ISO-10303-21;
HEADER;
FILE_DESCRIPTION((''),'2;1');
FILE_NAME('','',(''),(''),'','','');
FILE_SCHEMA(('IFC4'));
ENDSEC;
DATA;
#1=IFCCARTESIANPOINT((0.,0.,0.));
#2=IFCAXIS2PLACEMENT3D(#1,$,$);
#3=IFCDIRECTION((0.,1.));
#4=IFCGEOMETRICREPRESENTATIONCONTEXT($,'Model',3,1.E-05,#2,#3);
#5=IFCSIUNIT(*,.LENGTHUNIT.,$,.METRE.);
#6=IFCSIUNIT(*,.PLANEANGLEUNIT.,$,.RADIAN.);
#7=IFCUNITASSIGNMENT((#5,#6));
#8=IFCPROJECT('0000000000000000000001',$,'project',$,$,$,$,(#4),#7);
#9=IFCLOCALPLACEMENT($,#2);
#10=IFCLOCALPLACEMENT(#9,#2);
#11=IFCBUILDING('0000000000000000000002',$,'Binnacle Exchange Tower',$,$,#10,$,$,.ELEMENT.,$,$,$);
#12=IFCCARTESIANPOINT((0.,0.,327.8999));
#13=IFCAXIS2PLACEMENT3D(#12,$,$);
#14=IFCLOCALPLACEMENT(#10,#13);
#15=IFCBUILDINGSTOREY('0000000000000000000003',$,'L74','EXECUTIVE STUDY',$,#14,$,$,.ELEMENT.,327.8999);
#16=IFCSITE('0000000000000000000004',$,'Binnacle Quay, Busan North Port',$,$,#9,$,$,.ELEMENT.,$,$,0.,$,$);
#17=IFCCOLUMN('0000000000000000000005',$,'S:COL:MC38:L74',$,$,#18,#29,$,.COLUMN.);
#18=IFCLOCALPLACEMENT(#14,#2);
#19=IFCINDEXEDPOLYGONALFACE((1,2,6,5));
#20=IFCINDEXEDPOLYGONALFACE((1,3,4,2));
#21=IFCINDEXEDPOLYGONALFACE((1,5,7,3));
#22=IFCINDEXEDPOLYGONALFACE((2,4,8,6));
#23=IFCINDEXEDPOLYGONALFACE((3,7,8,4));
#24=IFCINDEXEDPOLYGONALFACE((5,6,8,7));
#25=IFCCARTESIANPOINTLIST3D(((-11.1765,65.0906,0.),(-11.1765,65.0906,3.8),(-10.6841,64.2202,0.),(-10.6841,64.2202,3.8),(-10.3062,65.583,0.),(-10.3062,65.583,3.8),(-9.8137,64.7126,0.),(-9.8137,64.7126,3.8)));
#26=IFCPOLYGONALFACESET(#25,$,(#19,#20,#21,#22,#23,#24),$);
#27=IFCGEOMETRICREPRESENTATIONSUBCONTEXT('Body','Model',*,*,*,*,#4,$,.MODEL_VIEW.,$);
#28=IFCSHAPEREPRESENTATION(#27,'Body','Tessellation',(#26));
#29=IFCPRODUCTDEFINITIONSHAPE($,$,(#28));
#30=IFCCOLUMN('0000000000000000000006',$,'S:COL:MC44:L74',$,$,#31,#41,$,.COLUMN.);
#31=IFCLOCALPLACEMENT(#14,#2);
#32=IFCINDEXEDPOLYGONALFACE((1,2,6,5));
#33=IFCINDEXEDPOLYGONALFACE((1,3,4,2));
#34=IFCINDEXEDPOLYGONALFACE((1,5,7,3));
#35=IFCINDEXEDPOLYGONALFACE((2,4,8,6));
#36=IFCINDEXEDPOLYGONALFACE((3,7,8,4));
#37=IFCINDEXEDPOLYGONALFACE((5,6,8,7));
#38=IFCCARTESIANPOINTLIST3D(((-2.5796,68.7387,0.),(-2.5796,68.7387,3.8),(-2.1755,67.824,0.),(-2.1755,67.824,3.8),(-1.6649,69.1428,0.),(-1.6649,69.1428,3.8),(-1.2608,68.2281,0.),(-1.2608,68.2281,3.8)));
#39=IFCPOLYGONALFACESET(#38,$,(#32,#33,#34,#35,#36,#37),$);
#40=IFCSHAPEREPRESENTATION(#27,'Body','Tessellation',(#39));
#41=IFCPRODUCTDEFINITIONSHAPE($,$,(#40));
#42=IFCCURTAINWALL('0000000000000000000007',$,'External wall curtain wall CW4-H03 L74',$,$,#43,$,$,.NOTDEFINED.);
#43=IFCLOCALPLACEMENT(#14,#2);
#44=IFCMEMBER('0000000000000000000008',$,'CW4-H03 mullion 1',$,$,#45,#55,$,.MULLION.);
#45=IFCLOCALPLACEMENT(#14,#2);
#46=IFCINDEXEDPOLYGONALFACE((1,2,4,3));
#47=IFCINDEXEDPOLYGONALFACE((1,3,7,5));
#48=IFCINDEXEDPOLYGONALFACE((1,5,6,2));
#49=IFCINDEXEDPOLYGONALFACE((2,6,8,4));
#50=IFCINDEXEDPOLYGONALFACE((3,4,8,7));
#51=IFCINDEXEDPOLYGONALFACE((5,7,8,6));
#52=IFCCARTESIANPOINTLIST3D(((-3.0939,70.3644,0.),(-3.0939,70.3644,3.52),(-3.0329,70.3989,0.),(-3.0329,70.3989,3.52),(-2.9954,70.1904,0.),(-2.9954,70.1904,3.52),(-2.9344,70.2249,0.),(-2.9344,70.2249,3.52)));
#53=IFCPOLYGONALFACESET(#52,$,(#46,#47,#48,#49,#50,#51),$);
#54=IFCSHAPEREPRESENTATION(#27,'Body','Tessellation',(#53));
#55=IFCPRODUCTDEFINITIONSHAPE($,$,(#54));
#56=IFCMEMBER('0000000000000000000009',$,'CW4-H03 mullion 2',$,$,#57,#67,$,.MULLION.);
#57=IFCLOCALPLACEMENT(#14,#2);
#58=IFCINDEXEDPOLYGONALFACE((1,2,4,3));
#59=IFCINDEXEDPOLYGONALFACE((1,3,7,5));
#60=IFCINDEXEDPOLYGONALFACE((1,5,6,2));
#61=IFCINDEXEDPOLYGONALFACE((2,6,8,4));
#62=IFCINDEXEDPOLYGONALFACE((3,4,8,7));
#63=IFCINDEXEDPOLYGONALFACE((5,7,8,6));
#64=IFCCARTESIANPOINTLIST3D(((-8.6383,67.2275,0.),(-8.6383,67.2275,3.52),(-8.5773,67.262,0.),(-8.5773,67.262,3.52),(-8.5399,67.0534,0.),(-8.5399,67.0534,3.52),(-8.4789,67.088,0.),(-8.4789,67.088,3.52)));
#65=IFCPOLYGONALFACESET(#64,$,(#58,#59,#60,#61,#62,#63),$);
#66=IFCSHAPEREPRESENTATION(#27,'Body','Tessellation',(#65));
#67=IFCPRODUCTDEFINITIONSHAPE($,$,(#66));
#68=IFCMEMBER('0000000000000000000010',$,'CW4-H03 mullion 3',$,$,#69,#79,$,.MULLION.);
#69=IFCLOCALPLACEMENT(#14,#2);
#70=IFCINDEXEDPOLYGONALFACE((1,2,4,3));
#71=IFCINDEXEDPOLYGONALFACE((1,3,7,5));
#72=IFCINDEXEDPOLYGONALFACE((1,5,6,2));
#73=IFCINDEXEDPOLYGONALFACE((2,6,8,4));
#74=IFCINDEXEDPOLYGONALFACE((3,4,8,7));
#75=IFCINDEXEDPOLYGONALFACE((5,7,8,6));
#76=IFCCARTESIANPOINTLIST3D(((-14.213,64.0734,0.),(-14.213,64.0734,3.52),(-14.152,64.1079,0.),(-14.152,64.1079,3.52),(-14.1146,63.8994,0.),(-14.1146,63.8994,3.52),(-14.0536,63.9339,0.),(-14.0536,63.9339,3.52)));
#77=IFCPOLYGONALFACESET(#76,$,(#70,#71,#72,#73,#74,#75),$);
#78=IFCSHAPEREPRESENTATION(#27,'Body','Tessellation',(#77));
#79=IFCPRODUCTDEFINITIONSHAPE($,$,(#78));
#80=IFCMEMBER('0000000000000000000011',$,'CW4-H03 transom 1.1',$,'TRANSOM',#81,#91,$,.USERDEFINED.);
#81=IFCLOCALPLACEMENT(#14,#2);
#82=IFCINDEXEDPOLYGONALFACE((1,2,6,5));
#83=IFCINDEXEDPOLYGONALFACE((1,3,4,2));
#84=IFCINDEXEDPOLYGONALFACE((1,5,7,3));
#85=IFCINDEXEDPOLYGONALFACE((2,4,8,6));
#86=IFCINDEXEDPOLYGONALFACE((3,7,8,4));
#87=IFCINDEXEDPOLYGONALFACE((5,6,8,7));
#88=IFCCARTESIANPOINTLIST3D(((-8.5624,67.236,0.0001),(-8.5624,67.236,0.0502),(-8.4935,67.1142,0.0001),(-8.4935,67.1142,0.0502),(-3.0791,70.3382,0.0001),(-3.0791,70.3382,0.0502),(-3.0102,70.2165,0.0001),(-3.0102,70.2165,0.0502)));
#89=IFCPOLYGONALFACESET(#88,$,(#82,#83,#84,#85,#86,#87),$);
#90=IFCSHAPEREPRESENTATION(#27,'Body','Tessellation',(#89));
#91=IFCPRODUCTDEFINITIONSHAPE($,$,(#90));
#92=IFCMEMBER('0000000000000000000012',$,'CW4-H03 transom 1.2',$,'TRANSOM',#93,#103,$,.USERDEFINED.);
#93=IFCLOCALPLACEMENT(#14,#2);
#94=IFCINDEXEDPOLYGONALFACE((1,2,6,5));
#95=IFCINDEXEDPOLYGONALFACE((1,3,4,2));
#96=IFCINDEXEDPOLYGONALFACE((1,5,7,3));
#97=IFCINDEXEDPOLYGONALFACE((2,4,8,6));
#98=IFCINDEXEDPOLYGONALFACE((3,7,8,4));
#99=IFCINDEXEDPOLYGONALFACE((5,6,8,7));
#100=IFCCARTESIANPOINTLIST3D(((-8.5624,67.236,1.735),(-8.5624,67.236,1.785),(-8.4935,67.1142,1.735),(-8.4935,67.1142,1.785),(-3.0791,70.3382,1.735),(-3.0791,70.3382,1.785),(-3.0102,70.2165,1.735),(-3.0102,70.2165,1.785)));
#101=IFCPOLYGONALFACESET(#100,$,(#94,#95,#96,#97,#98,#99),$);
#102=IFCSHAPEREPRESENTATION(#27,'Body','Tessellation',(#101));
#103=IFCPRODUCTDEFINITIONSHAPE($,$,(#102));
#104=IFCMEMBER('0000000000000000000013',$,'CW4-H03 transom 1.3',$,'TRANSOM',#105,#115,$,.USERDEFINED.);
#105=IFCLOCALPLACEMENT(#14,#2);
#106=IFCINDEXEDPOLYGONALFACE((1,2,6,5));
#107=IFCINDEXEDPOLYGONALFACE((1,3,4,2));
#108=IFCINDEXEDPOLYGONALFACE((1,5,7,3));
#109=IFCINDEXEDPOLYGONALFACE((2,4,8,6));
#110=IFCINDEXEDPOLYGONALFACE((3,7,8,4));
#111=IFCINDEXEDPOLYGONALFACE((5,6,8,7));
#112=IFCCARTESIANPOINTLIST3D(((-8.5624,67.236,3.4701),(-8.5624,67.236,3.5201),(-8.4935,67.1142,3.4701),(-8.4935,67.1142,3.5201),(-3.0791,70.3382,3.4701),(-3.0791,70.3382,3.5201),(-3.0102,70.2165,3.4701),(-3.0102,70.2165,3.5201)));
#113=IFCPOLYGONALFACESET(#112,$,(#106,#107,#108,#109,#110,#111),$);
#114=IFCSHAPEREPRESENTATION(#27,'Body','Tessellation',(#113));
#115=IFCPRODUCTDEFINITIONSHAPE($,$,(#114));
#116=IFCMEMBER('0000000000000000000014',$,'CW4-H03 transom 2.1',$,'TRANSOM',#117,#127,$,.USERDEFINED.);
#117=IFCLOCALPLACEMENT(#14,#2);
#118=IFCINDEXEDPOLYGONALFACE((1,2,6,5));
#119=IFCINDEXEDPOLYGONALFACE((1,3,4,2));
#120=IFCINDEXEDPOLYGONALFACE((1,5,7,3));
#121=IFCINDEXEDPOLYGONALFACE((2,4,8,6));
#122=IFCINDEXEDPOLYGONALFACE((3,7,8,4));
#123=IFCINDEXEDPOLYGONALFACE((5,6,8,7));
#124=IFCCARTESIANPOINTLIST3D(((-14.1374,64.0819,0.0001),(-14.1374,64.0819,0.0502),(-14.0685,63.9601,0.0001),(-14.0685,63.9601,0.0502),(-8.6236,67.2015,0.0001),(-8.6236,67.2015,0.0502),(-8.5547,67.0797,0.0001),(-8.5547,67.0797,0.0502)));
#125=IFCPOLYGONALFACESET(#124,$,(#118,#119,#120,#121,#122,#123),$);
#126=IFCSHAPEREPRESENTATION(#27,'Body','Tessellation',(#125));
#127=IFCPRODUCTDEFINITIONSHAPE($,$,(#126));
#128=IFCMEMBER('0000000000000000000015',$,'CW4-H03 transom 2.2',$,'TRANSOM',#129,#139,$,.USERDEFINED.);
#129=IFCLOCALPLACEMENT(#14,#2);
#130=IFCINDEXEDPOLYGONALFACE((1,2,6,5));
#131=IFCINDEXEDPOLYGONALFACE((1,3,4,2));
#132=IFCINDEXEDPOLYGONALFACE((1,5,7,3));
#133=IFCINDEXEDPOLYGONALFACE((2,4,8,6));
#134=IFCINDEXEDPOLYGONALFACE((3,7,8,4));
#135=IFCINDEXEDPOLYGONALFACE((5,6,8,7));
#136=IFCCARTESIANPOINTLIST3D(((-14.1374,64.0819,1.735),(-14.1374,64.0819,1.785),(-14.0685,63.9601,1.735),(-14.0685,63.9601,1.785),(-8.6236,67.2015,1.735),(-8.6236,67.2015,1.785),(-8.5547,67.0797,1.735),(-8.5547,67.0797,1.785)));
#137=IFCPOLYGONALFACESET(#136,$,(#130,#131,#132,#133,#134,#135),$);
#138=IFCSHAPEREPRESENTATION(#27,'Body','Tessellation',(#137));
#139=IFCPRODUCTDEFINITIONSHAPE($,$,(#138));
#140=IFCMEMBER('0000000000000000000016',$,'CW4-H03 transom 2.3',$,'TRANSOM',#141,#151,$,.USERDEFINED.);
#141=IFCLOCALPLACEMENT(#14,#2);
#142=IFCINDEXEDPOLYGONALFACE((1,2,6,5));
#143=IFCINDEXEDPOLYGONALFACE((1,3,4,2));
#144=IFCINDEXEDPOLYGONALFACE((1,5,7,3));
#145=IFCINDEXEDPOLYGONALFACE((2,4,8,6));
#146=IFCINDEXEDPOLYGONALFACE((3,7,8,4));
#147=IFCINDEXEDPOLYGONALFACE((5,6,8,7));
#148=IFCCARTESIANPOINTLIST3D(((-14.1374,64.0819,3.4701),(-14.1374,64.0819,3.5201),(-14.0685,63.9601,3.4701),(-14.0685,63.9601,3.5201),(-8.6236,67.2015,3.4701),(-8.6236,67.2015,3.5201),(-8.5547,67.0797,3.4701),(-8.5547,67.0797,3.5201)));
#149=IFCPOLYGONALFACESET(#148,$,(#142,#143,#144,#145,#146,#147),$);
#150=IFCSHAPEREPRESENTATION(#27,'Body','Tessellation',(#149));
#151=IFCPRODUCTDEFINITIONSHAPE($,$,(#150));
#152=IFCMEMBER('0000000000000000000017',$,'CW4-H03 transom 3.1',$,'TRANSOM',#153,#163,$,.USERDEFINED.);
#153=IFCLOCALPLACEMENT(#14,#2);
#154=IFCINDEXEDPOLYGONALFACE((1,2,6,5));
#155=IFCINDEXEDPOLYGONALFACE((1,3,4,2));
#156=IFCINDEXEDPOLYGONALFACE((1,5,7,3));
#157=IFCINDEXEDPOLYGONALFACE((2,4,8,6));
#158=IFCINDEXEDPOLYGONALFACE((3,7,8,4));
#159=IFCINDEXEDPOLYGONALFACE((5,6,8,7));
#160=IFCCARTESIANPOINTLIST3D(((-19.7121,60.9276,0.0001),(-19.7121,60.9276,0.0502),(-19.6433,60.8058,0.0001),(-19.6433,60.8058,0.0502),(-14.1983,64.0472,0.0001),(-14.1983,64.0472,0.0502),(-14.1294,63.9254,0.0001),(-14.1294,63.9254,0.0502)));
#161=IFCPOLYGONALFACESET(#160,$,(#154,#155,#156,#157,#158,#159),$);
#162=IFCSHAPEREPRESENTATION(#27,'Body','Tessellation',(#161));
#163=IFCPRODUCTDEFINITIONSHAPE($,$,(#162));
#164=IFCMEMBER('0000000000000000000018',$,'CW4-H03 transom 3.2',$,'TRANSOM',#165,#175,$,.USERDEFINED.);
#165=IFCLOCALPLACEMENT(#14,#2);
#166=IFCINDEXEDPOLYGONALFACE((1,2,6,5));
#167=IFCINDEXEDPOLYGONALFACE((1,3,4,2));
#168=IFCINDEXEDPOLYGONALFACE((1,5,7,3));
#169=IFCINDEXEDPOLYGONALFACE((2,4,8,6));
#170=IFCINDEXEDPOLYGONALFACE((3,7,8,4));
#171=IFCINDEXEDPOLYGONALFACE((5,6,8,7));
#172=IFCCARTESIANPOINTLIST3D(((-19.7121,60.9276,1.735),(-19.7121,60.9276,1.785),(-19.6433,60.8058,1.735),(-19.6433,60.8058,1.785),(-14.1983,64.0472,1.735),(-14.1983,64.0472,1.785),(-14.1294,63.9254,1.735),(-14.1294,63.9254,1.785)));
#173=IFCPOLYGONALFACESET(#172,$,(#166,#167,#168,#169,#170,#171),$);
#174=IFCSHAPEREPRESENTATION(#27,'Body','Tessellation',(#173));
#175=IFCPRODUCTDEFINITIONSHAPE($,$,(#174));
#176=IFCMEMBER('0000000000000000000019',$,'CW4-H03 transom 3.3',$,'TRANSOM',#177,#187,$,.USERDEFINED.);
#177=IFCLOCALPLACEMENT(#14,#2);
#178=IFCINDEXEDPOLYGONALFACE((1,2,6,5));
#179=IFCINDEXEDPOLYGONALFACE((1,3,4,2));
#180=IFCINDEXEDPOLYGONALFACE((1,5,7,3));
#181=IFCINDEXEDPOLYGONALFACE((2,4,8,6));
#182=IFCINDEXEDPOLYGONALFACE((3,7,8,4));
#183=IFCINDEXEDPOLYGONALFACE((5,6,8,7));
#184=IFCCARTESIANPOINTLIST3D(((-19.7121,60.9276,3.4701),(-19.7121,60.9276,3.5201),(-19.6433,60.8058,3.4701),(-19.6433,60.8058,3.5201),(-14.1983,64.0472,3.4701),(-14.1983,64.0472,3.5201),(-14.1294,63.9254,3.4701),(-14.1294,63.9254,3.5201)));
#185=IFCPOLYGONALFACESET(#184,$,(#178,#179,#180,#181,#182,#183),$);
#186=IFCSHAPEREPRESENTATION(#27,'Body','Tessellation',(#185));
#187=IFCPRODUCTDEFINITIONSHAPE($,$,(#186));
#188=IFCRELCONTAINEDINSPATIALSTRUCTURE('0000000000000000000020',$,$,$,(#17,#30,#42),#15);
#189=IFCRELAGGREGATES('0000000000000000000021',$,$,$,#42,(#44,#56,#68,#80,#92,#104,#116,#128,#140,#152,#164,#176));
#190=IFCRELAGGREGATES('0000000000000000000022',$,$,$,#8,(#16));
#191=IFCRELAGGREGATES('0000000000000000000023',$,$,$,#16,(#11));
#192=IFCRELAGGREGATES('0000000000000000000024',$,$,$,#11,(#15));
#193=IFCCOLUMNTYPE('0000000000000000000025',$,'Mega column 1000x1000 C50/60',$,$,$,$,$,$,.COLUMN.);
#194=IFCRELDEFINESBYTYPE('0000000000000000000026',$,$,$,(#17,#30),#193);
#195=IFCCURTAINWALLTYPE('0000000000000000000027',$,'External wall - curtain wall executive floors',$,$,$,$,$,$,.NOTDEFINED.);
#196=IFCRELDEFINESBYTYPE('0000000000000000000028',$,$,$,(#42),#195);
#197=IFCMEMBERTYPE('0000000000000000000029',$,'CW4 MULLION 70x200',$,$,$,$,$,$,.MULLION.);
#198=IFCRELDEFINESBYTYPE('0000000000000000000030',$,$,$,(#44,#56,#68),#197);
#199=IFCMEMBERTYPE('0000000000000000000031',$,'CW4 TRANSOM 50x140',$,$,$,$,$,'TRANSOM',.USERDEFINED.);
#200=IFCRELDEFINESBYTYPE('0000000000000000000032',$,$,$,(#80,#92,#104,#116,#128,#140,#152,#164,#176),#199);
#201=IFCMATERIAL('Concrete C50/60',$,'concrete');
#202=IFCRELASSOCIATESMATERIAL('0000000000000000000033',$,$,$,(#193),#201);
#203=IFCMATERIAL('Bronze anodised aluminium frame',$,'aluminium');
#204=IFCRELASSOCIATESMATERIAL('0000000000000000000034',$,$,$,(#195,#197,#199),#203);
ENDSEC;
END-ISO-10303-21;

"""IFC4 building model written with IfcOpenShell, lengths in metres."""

from ifc_helpers import new_model, si_unit, direction, frame, origin, origin_2d, place, context, subcontext, project, spatial, rectangle, extrude, material, material_profile, profile_set, type_object, element, aggregate, save


model = new_model("IFC4")

# Units and contexts
model_context = context("Model", 3, precision=1e-05, world=origin(), true_north=direction((0.0, 1.0)))
body_context = subcontext(model_context, "Body", "Model", "MODEL_VIEW")
ifc_project = project(units=[si_unit("LENGTHUNIT", "METRE"), si_unit("PLANEANGLEUNIT", "RADIAN")], contexts=[model_context])

# Site, building, storey
site_placement = place(None, origin())
site = spatial("IfcSite", under=ifc_project, at=site_placement, Name="Binnacle Quay, Busan North Port", CompositionType="ELEMENT", RefElevation=0.0)
building_placement = place(site_placement, origin())
building = spatial("IfcBuilding", under=site, at=building_placement, Name="Binnacle Exchange Tower", CompositionType="ELEMENT")
storey_placement = place(building_placement, frame((0.0, 0.0, 327.8999)))
storey = spatial("IfcBuildingStorey", under=building, at=storey_placement, Name="L74", Description="EXECUTIVE STUDY", CompositionType="ELEMENT", Elevation=327.8999)

# Columns
ifc_material_1 = material(Name="Concrete C50/60", Category="concrete")
ifc_material_profile_1 = material_profile(ifc_material_1, rectangle(XDim=1.0, YDim=1.0, at=origin_2d()), Name="Mega column 1000x1000 C50/60")
ifc_profile_set_1 = profile_set([ifc_material_profile_1], Name="Concrete C50/60")
column_type = type_object("IfcColumnType", Name="Mega column 1000x1000 C50/60", PredefinedType="COLUMN", material=ifc_profile_set_1)
for number, where, z_axis, x_axis, name in (
    (1, (-10.4951, 64.9016, 0.0), (0.0, 0.0, 1.0), (-0.870356, -0.492424, 0.0), "S:COL:MC38:L74"),
    (2, (-1.9202, 68.4834, 0.0), (0.0, 0.0, 1.0), (-0.914713, -0.404104, 0.0), "S:COL:MC44:L74"),
):
    element("IfcColumn", number, at=place(storey_placement, frame(where, z_axis=z_axis, x_axis=x_axis)), inside=storey, type_object=column_type, Name=name, PredefinedType="COLUMN", context=body_context, shape_type="SweptSolid", body=[
        extrude(rectangle(XDim=1.0, YDim=1.0, at=origin_2d()), origin(), (0.0, 0.0, 1.0), 3.8),
    ])

# Curtain wall, members
ifc_material_2 = material(Name="Bronze anodised aluminium frame", Category="aluminium")
curtain_wall_type = type_object("IfcCurtainWallType", Name="External wall - curtain wall executive floors", PredefinedType="NOTDEFINED", material=ifc_material_2)
curtain_wall_placement = place(storey_placement, origin())
curtain_wall = element("IfcCurtainWall", 3, at=curtain_wall_placement, inside=storey, type_object=curtain_wall_type, Name="External wall curtain wall CW4-H03 L74", PredefinedType="NOTDEFINED")
ifc_material_profile_2 = material_profile(ifc_material_2, rectangle(XDim=0.2, YDim=0.0701, at=origin_2d()), Name="AL 70x200")
ifc_profile_set_2 = profile_set([ifc_material_profile_2], Name="Bronze anodised aluminium frame")
member_type_1 = type_object("IfcMemberType", Name="CW4 MULLION 70x200", PredefinedType="MULLION", material=ifc_profile_set_2)
member_1_placement = place(storey_placement, frame((-3.0142, 70.2947, 0.0), z_axis=(0.0, 0.0, 1.0), x_axis=(0.492424, -0.870356, 0.0)))
member_1 = element("IfcMember", 4, at=member_1_placement, type_object=member_type_1, Name="CW4-H03 mullion 1", PredefinedType="MULLION", context=body_context, shape_type="SweptSolid", body=[
    extrude(rectangle(XDim=0.2, YDim=0.0701, at=origin_2d()), origin(), (0.0, 0.0, 1.0), 3.52),
])
member_2_placement = place(storey_placement, frame((-8.5586, 67.1577, 0.0), z_axis=(0.0, 0.0, 1.0), x_axis=(0.492424, -0.870356, 0.0)))
member_2 = element("IfcMember", 5, at=member_2_placement, type_object=member_type_1, Name="CW4-H03 mullion 2", PredefinedType="MULLION", context=body_context, shape_type="SweptSolid", body=[
    extrude(rectangle(XDim=0.2, YDim=0.0701, at=origin_2d()), origin(), (0.0, 0.0, 1.0), 3.52),
])
member_3_placement = place(storey_placement, frame((-14.1333, 64.0037, 0.0), z_axis=(0.0, 0.0, 1.0), x_axis=(0.492424, -0.870356, 0.0)))
member_3 = element("IfcMember", 6, at=member_3_placement, type_object=member_type_1, Name="CW4-H03 mullion 3", PredefinedType="MULLION", context=body_context, shape_type="SweptSolid", body=[
    extrude(rectangle(XDim=0.2, YDim=0.0701, at=origin_2d()), origin(), (0.0, 0.0, 1.0), 3.52),
])
ifc_material_profile_3 = material_profile(ifc_material_2, rectangle(XDim=0.1399, YDim=0.05, at=origin_2d()), Name="AL 140x50")
ifc_profile_set_3 = profile_set([ifc_material_profile_3], Name="Bronze anodised aluminium frame")
member_type_2 = type_object("IfcMemberType", Name="CW4 TRANSOM 50x140", ElementType="TRANSOM", PredefinedType="USERDEFINED", material=ifc_profile_set_3)
member_4_placement = place(storey_placement, frame((-3.0447, 70.2773, 0.0251), z_axis=(-0.87036, -0.492416, 0.0), x_axis=(0.492416, -0.87036, 0.0)))
member_4 = element("IfcMember", 7, at=member_4_placement, type_object=member_type_2, Name="CW4-H03 transom 1.1", ObjectType="TRANSOM", PredefinedType="USERDEFINED", context=body_context, shape_type="SweptSolid", body=[
    extrude(rectangle(XDim=0.1399, YDim=0.05, at=origin_2d()), origin(), (0.0, 0.0, 1.0), 6.3),
])
member_5_placement = place(storey_placement, frame((-3.0447, 70.2773, 1.76), z_axis=(-0.87036, -0.492416, 0.0), x_axis=(0.492416, -0.87036, 0.0)))
member_5 = element("IfcMember", 8, at=member_5_placement, type_object=member_type_2, Name="CW4-H03 transom 1.2", ObjectType="TRANSOM", PredefinedType="USERDEFINED", context=body_context, shape_type="SweptSolid", body=[
    extrude(rectangle(XDim=0.1399, YDim=0.05, at=origin_2d()), origin(), (0.0, 0.0, 1.0), 6.3),
])
member_6_placement = place(storey_placement, frame((-3.0447, 70.2773, 3.4951), z_axis=(-0.87036, -0.492416, 0.0), x_axis=(0.492416, -0.87036, 0.0)))
member_6 = element("IfcMember", 9, at=member_6_placement, type_object=member_type_2, Name="CW4-H03 transom 1.3", ObjectType="TRANSOM", PredefinedType="USERDEFINED", context=body_context, shape_type="SweptSolid", body=[
    extrude(rectangle(XDim=0.1399, YDim=0.05, at=origin_2d()), origin(), (0.0, 0.0, 1.0), 6.3),
])
member_7_placement = place(storey_placement, frame((-8.5891, 67.1406, 0.0251), z_axis=(-0.870355, -0.492424, 0.0), x_axis=(0.492424, -0.870355, 0.0)))
member_7 = element("IfcMember", 10, at=member_7_placement, type_object=member_type_2, Name="CW4-H03 transom 2.1", ObjectType="TRANSOM", PredefinedType="USERDEFINED", context=body_context, shape_type="SweptSolid", body=[
    extrude(rectangle(XDim=0.1399, YDim=0.05, at=origin_2d()), origin(), (0.0, 0.0, 1.0), 6.3352),
])
member_8_placement = place(storey_placement, frame((-8.5891, 67.1406, 1.76), z_axis=(-0.870355, -0.492424, 0.0), x_axis=(0.492424, -0.870355, 0.0)))
member_8 = element("IfcMember", 11, at=member_8_placement, type_object=member_type_2, Name="CW4-H03 transom 2.2", ObjectType="TRANSOM", PredefinedType="USERDEFINED", context=body_context, shape_type="SweptSolid", body=[
    extrude(rectangle(XDim=0.1399, YDim=0.05, at=origin_2d()), origin(), (0.0, 0.0, 1.0), 6.3352),
])
member_9_placement = place(storey_placement, frame((-8.5891, 67.1406, 3.4951), z_axis=(-0.870355, -0.492424, 0.0), x_axis=(0.492424, -0.870355, 0.0)))
member_9 = element("IfcMember", 12, at=member_9_placement, type_object=member_type_2, Name="CW4-H03 transom 2.3", ObjectType="TRANSOM", PredefinedType="USERDEFINED", context=body_context, shape_type="SweptSolid", body=[
    extrude(rectangle(XDim=0.1399, YDim=0.05, at=origin_2d()), origin(), (0.0, 0.0, 1.0), 6.3352),
])
member_10_placement = place(storey_placement, frame((-14.1638, 63.9863, 0.0251), z_axis=(-0.870355, -0.492424, 0.0), x_axis=(0.492424, -0.870355, 0.0)))
member_10 = element("IfcMember", 13, at=member_10_placement, type_object=member_type_2, Name="CW4-H03 transom 3.1", ObjectType="TRANSOM", PredefinedType="USERDEFINED", context=body_context, shape_type="SweptSolid", body=[
    extrude(rectangle(XDim=0.1399, YDim=0.05, at=origin_2d()), origin(), (0.0, 0.0, 1.0), 6.3352),
])
member_11_placement = place(storey_placement, frame((-14.1638, 63.9863, 1.76), z_axis=(-0.870355, -0.492424, 0.0), x_axis=(0.492424, -0.870355, 0.0)))
member_11 = element("IfcMember", 14, at=member_11_placement, type_object=member_type_2, Name="CW4-H03 transom 3.2", ObjectType="TRANSOM", PredefinedType="USERDEFINED", context=body_context, shape_type="SweptSolid", body=[
    extrude(rectangle(XDim=0.1399, YDim=0.05, at=origin_2d()), origin(), (0.0, 0.0, 1.0), 6.3352),
])
member_12_placement = place(storey_placement, frame((-14.1638, 63.9863, 3.4951), z_axis=(-0.870355, -0.492424, 0.0), x_axis=(0.492424, -0.870355, 0.0)))
member_12 = element("IfcMember", 15, at=member_12_placement, type_object=member_type_2, Name="CW4-H03 transom 3.3", ObjectType="TRANSOM", PredefinedType="USERDEFINED", context=body_context, shape_type="SweptSolid", body=[
    extrude(rectangle(XDim=0.1399, YDim=0.05, at=origin_2d()), origin(), (0.0, 0.0, 1.0), 6.3352),
])

aggregate(curtain_wall, [member_1, member_2, member_3, member_4, member_5, member_6, member_7, member_8, member_9, member_10, member_11, member_12])

save(model, "model.ifc")
